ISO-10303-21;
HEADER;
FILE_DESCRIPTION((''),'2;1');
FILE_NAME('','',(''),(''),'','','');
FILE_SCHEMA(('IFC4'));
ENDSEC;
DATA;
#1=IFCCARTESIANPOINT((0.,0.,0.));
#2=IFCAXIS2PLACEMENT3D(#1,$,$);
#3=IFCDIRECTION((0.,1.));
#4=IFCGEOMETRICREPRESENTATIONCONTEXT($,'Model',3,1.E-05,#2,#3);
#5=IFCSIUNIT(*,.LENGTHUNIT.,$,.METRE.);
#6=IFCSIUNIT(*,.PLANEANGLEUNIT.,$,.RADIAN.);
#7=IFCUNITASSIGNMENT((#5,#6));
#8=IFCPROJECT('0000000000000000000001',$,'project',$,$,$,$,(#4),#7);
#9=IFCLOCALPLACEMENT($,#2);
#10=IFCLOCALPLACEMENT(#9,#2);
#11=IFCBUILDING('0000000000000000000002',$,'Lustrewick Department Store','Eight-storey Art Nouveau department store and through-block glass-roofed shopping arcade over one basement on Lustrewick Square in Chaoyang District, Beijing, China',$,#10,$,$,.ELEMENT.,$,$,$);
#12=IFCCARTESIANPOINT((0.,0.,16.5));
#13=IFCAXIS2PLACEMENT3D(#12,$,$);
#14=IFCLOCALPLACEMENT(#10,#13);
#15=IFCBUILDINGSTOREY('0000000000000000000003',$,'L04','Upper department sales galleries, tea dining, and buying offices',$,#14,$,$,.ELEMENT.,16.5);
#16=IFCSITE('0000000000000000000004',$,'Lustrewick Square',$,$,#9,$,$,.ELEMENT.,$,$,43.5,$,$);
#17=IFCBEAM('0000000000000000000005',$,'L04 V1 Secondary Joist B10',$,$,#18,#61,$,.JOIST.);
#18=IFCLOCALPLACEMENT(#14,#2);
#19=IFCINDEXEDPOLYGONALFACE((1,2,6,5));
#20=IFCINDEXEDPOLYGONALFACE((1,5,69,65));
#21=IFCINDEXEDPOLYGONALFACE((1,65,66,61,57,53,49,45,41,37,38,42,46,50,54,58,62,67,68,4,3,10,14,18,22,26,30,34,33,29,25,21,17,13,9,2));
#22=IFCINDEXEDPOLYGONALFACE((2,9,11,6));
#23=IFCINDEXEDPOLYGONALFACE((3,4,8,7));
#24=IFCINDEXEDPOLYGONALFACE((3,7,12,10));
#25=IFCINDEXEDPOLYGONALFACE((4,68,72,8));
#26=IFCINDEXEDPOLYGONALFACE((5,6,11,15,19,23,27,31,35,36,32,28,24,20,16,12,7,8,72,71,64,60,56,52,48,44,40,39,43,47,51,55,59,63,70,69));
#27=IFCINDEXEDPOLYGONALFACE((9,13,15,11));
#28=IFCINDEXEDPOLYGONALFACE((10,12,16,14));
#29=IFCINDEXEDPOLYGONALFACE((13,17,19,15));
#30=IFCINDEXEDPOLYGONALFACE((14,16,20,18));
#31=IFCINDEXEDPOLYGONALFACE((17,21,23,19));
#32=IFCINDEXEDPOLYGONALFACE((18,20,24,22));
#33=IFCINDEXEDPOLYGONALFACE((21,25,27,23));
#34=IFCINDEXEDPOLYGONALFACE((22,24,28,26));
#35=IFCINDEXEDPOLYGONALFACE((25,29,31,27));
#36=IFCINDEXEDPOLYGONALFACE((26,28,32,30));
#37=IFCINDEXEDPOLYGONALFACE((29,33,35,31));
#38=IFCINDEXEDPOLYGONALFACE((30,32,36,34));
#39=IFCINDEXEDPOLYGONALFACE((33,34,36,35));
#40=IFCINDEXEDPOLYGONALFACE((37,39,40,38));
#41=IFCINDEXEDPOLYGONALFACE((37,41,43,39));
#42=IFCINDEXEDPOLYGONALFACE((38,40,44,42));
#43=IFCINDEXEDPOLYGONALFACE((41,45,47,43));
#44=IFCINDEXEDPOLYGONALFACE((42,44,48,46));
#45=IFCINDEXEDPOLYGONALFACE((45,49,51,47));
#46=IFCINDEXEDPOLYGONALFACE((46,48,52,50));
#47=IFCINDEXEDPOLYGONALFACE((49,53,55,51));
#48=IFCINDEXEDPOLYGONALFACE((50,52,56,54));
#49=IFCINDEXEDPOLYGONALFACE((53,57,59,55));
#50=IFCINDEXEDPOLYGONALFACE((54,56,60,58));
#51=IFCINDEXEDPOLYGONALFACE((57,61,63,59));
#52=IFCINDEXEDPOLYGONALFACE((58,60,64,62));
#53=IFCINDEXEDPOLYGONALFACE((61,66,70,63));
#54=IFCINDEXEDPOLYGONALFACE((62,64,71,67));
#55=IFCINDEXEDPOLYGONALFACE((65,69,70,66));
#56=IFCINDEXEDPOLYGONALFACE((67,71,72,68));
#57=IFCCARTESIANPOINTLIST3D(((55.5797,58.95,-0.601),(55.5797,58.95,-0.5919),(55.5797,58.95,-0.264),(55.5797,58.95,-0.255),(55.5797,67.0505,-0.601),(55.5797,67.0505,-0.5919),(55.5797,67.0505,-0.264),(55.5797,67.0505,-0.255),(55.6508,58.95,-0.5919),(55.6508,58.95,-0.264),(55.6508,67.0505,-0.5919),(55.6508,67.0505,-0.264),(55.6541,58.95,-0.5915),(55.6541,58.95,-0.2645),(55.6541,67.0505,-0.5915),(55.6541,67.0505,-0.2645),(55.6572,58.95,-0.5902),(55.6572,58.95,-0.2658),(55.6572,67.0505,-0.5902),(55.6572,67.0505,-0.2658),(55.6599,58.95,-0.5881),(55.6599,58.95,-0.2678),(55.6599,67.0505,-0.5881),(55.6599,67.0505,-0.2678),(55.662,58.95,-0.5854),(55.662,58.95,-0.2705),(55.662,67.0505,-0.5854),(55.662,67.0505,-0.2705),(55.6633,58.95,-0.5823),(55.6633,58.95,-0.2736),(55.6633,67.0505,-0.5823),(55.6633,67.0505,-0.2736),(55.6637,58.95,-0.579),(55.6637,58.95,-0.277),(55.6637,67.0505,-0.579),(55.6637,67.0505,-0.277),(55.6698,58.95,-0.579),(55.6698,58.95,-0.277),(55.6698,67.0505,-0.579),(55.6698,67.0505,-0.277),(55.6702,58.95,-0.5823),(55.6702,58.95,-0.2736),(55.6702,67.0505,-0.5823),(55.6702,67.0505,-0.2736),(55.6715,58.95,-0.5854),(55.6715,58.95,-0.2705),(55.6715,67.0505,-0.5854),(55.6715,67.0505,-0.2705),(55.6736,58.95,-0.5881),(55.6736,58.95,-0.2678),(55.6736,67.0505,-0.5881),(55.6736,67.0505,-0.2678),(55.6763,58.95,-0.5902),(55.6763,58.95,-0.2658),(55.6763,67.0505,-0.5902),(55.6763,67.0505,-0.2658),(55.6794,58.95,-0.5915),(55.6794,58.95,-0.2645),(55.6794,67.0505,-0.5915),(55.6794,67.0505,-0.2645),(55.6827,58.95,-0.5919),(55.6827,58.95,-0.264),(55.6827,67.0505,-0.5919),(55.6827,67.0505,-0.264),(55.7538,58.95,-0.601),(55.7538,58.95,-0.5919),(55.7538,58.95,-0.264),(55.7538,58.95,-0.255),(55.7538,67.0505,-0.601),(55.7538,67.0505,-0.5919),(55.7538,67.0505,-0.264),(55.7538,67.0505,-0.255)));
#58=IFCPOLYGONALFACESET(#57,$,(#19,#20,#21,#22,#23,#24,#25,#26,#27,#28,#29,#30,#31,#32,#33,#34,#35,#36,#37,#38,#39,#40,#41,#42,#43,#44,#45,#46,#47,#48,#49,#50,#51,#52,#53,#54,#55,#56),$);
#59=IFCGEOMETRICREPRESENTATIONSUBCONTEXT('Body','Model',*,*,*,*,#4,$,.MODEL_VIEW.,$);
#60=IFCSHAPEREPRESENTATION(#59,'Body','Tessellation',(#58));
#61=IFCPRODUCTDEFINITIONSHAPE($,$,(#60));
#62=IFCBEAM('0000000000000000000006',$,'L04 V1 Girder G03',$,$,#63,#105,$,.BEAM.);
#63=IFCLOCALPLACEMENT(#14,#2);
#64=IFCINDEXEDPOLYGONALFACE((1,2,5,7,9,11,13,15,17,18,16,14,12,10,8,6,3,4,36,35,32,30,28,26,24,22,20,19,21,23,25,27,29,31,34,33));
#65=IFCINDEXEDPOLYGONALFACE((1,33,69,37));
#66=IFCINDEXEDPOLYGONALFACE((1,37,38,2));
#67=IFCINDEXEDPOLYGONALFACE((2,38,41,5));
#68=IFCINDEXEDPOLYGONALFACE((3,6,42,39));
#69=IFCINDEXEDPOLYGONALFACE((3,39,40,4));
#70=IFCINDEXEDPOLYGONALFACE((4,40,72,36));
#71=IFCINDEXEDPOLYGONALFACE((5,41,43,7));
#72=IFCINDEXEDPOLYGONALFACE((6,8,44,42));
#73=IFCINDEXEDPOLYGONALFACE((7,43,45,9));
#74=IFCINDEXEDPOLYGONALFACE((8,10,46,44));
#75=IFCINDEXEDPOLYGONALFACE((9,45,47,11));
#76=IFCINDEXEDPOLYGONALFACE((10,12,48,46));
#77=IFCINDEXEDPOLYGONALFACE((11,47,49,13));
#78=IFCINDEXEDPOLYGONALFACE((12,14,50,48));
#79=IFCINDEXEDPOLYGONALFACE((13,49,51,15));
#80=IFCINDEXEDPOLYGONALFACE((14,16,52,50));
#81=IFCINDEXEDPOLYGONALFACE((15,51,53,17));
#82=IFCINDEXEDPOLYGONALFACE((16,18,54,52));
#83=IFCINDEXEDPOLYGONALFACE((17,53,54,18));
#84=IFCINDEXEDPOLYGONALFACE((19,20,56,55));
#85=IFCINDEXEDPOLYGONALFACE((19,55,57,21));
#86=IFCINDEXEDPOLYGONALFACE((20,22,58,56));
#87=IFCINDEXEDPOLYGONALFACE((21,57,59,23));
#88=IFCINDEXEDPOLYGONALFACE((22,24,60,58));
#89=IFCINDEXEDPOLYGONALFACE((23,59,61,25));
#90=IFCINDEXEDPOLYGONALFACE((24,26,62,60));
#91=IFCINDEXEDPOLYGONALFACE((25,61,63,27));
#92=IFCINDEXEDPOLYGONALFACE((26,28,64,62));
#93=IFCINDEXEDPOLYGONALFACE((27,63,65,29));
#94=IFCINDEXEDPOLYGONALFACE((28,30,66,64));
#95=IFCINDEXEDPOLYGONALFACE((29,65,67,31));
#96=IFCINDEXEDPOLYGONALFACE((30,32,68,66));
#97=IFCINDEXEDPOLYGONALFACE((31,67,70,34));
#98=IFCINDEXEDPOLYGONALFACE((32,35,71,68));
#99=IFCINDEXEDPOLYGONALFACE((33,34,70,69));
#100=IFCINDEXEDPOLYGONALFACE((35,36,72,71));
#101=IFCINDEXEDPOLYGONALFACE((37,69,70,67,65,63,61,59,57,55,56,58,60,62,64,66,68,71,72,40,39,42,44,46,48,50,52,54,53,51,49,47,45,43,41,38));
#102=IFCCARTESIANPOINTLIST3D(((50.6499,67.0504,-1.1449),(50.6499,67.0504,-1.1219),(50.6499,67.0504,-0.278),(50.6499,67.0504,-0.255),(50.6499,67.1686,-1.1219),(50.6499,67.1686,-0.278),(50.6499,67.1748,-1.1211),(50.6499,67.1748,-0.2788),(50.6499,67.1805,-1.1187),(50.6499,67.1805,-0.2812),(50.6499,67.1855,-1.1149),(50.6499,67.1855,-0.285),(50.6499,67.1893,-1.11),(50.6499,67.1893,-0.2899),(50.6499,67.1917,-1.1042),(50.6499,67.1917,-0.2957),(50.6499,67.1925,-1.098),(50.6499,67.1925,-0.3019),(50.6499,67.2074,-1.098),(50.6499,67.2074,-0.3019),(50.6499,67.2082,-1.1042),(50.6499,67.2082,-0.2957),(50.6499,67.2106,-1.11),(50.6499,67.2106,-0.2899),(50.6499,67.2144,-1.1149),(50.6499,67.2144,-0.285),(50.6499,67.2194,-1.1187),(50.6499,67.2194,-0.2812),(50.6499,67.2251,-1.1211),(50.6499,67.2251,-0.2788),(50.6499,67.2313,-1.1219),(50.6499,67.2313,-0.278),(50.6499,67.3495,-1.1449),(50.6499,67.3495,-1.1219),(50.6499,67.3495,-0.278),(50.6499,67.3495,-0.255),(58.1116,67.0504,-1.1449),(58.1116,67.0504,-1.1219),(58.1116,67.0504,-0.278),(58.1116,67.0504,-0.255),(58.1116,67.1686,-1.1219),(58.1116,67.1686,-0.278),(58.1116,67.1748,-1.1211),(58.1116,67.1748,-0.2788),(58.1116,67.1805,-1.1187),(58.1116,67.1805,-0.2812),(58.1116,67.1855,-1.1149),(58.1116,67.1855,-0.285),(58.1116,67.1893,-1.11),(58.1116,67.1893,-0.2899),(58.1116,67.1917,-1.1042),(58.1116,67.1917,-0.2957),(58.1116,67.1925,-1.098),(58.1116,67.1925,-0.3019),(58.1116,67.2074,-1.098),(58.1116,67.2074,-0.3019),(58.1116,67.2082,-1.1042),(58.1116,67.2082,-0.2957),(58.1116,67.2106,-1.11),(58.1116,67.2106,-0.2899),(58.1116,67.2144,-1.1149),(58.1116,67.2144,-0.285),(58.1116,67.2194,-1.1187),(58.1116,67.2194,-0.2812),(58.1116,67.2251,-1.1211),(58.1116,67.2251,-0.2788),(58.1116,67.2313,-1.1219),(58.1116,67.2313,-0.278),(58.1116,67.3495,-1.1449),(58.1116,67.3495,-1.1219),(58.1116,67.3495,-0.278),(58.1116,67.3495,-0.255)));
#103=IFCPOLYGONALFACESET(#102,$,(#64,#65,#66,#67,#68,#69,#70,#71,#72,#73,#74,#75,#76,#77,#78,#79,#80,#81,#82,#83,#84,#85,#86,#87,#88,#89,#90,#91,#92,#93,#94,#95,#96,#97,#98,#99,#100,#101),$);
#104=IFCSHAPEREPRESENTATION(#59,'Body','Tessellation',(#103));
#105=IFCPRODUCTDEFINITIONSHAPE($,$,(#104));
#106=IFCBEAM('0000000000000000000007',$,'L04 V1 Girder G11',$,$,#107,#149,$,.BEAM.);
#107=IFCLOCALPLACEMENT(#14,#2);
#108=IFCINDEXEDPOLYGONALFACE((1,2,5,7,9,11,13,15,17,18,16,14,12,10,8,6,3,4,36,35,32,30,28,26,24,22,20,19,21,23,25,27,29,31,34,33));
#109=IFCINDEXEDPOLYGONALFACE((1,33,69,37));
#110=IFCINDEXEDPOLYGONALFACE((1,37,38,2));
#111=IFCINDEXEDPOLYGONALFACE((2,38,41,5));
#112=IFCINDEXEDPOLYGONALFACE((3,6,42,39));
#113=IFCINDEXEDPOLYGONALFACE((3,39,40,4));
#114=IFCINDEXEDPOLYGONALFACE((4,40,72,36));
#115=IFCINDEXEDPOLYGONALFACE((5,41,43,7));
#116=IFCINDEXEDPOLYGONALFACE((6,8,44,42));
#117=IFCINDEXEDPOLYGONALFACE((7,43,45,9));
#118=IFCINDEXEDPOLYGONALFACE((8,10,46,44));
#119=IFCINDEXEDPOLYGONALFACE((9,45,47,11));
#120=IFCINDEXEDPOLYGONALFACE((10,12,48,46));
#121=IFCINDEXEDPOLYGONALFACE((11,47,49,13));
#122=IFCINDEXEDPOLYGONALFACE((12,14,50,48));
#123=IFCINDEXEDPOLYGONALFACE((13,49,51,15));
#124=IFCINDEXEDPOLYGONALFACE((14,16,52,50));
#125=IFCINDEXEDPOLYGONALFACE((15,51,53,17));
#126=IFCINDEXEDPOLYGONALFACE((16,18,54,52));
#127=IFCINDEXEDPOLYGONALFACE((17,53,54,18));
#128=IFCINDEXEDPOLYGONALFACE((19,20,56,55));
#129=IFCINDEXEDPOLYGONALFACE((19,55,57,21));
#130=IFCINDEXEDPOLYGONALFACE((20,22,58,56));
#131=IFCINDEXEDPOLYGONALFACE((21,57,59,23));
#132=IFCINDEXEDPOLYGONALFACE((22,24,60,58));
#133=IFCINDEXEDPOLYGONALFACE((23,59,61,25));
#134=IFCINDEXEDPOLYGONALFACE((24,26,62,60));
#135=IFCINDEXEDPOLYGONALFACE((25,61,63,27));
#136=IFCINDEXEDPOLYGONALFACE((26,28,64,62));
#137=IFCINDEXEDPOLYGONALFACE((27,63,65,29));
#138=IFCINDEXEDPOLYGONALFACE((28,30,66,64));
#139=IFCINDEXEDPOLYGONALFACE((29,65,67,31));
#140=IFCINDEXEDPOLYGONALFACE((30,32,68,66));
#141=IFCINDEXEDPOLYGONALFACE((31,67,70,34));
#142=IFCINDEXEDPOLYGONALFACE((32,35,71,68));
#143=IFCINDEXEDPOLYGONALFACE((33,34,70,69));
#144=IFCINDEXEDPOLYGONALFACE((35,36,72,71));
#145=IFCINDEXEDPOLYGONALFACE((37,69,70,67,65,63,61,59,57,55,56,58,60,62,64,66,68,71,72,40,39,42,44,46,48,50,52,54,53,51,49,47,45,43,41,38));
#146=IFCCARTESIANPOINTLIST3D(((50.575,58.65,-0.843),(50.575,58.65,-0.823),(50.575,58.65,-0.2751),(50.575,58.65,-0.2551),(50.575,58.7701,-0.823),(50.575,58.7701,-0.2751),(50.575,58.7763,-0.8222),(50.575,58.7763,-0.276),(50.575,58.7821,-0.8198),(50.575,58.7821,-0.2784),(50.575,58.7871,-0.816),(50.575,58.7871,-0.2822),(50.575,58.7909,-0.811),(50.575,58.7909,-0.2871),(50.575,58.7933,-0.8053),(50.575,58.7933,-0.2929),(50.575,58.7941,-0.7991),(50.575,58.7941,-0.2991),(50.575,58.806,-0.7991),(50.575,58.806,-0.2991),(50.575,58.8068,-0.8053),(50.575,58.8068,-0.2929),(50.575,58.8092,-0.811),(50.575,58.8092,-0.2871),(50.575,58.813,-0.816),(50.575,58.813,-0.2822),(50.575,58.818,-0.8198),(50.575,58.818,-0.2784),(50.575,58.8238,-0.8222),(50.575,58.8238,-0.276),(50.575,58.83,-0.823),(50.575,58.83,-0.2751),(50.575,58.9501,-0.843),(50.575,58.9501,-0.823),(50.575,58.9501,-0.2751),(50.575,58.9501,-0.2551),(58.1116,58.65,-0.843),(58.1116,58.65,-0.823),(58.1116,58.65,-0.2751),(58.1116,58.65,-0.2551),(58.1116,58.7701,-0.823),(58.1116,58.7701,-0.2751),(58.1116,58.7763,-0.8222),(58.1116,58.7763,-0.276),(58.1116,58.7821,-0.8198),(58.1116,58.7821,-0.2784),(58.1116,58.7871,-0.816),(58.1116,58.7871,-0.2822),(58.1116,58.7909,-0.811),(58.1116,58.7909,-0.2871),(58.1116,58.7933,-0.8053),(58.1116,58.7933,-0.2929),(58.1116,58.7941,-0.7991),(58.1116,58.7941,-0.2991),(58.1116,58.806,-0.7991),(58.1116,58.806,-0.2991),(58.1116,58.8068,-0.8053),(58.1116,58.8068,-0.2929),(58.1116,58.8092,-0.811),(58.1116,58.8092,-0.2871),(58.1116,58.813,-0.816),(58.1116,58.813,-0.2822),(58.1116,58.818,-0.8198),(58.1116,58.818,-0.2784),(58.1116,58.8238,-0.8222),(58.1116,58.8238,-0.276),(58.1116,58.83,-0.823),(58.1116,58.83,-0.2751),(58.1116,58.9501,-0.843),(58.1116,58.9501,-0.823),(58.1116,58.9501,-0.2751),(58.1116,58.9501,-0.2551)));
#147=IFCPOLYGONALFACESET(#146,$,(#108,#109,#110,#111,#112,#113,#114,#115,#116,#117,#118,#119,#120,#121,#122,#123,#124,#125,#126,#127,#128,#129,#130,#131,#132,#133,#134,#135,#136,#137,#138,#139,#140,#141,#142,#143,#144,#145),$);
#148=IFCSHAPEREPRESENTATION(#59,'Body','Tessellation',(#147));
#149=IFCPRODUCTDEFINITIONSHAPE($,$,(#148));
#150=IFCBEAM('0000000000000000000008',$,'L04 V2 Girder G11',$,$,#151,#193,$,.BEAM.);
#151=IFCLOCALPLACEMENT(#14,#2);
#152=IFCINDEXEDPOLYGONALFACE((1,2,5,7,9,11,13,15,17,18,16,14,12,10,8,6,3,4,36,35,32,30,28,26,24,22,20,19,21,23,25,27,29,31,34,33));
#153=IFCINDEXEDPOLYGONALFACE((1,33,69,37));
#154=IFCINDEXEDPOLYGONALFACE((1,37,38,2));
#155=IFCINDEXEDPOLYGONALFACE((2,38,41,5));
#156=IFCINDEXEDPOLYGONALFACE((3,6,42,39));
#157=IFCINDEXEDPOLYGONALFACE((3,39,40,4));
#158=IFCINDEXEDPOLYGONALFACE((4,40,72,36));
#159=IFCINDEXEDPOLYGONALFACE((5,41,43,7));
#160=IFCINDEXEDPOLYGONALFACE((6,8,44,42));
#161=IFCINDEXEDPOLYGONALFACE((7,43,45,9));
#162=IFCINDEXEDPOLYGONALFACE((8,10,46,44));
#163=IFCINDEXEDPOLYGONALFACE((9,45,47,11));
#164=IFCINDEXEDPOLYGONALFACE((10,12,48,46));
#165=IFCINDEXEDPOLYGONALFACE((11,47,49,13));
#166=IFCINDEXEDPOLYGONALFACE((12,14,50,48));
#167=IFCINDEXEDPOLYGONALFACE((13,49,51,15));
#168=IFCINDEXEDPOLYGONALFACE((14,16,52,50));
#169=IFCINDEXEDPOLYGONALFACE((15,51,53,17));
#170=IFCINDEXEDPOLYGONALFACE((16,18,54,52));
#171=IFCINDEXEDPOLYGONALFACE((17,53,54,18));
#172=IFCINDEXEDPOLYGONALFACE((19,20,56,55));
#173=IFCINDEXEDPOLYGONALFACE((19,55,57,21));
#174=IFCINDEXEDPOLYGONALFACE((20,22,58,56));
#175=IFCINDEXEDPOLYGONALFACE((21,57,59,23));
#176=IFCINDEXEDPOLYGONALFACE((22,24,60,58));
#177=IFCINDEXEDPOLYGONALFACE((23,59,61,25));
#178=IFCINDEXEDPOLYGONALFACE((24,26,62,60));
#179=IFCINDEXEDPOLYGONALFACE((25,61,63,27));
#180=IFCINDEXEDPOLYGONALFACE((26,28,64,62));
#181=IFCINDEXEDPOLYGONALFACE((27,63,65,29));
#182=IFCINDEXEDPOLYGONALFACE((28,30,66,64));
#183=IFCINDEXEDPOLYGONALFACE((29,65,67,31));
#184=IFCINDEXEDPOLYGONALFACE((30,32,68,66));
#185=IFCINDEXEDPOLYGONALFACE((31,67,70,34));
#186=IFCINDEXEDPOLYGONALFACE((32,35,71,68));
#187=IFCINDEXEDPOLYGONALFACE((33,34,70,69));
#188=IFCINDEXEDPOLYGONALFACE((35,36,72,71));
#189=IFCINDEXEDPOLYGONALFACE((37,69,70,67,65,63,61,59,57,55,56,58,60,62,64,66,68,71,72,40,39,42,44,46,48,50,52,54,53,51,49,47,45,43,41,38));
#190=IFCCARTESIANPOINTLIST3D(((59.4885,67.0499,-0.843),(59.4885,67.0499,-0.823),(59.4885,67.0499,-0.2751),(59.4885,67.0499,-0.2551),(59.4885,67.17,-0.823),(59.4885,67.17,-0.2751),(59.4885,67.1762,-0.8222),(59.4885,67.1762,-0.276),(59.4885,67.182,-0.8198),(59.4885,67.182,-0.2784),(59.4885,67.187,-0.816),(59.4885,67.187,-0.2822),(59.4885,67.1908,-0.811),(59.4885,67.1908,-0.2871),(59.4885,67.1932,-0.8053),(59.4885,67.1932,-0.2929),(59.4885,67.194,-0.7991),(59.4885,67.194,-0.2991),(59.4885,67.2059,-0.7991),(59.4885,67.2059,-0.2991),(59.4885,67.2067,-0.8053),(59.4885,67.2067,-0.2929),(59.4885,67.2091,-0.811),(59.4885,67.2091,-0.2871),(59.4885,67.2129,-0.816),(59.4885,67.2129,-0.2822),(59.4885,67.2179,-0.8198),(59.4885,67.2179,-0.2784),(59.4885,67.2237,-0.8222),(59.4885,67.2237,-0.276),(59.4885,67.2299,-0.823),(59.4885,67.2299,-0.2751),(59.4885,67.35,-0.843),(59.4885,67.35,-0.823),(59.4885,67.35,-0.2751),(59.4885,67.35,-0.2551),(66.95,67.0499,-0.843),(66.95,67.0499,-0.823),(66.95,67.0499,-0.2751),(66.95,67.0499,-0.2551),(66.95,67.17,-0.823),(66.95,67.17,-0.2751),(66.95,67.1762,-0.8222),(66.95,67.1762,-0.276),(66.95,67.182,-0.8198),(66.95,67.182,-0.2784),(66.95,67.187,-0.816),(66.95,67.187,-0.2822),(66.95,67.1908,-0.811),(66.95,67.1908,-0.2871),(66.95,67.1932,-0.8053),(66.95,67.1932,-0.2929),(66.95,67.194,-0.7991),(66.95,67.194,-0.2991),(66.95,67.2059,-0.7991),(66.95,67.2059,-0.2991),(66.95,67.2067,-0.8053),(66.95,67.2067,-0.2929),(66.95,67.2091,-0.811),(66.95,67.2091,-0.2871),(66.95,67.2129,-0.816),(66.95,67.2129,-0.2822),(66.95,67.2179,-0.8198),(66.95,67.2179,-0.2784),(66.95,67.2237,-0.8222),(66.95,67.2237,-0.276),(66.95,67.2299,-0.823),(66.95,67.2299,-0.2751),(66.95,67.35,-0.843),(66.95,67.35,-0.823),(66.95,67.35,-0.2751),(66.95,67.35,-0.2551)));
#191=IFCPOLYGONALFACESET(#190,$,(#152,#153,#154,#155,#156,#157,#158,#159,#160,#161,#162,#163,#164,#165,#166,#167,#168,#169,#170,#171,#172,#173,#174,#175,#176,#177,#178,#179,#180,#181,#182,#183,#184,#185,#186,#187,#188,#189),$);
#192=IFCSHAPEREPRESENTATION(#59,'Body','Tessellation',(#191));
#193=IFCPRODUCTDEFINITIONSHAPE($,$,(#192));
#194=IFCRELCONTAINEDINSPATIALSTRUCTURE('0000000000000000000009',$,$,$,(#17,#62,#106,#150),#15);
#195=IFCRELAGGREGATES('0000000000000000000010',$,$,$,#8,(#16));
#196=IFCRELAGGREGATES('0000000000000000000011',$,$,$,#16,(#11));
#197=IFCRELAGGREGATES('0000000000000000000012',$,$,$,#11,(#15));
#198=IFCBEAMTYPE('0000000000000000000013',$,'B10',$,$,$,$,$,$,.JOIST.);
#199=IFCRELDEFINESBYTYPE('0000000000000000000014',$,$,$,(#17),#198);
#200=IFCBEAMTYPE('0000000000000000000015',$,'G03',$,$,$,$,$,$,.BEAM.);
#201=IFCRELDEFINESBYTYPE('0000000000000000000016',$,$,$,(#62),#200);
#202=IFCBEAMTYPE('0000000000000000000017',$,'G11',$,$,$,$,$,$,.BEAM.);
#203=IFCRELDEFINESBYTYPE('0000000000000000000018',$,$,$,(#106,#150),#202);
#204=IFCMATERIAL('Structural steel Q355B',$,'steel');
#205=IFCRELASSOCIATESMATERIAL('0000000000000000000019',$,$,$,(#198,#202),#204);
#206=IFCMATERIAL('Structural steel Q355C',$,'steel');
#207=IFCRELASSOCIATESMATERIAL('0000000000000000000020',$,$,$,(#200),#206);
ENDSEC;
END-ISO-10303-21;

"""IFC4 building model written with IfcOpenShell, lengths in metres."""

from ifc_helpers import new_model, si_unit, direction, frame, origin, origin_2d, place, context, subcontext, project, spatial, i_section, extrude, material, material_profile, profile_set, type_object, element, save


model = new_model("IFC4")

# Units and contexts
model_context = context("Model", 3, precision=1e-05, world=origin(), true_north=direction((0.0, 1.0)))
body_context = subcontext(model_context, "Body", "Model", "MODEL_VIEW")
ifc_project = project(units=[si_unit("LENGTHUNIT", "METRE"), si_unit("PLANEANGLEUNIT", "RADIAN")], contexts=[model_context])

# Site, building, storey
site_placement = place(None, origin())
site = spatial("IfcSite", under=ifc_project, at=site_placement, Name="Lustrewick Square", CompositionType="ELEMENT", RefElevation=43.5)
building_placement = place(site_placement, origin())
building = spatial("IfcBuilding", under=site, at=building_placement, Name="Lustrewick Department Store", Description="Eight-storey Art Nouveau department store and through-block glass-roofed shopping arcade over one basement on Lustrewick Square in Chaoyang District, Beijing, China", CompositionType="ELEMENT")
storey_placement = place(building_placement, frame((0.0, 0.0, 16.5)))
storey = spatial("IfcBuildingStorey", under=building, at=storey_placement, Name="L04", Description="Upper department sales galleries, tea dining, and buying offices", CompositionType="ELEMENT", Elevation=16.5)

# Shared definitions
ifc_material_1 = material(Name="Structural steel Q355B", Category="steel")

# Beams
ifc_material_profile_1 = material_profile(ifc_material_1, i_section(OverallWidth=0.1741, OverallDepth=0.3459, WebThickness=0.0061, FlangeThickness=0.009, FilletRadius=0.0129, at=origin_2d()), Name="HN 346x174x6x9")
ifc_profile_set_1 = profile_set([ifc_material_profile_1], Name="Structural steel Q355B")
beam_type_1 = type_object("IfcBeamType", Name="B10", PredefinedType="JOIST", material=ifc_profile_set_1)
beam_1_placement = place(storey_placement, frame((55.6667, 58.95, -0.428), z_axis=(0.0, 1.0, 0.0), x_axis=(-1.0, 0.0, 0.0)))
element("IfcBeam", 1, at=beam_1_placement, inside=storey, type_object=beam_type_1, Name="L04 V1 Secondary Joist B10", PredefinedType="JOIST", context=body_context, shape_type="SweptSolid", body=[
    extrude(i_section(OverallWidth=0.1741, OverallDepth=0.3459, WebThickness=0.0061, FlangeThickness=0.009, FilletRadius=0.0129, at=origin_2d()), origin(), (0.0, 0.0, 1.0), 8.1006),
])
ifc_material_2 = material(Name="Structural steel Q355C", Category="steel")
ifc_material_profile_2 = material_profile(ifc_material_2, i_section(OverallWidth=0.2991, OverallDepth=0.8899, WebThickness=0.0149, FlangeThickness=0.0229, FilletRadius=0.0239, at=origin_2d()), Name="HN 890x299x15x23")
ifc_profile_set_2 = profile_set([ifc_material_profile_2], Name="Structural steel Q355C")
beam_type_2 = type_object("IfcBeamType", Name="G03", PredefinedType="BEAM", material=ifc_profile_set_2)
beam_2_placement = place(storey_placement, frame((50.6499, 67.2, -0.7), z_axis=(1.0, 0.0, 0.0), x_axis=(0.0, 1.0, 0.0)))
element("IfcBeam", 2, at=beam_2_placement, inside=storey, type_object=beam_type_2, Name="L04 V1 Girder G03", PredefinedType="BEAM", context=body_context, shape_type="SweptSolid", body=[
    extrude(i_section(OverallWidth=0.2991, OverallDepth=0.8899, WebThickness=0.0149, FlangeThickness=0.0229, FilletRadius=0.0239, at=origin_2d()), origin(), (0.0, 0.0, 1.0), 7.4617),
])
ifc_material_profile_3 = material_profile(ifc_material_1, i_section(OverallWidth=0.3, OverallDepth=0.5879, WebThickness=0.012, FlangeThickness=0.02, FilletRadius=0.0239, at=origin_2d()), Name="HM 588x300x12x20")
ifc_profile_set_3 = profile_set([ifc_material_profile_3], Name="Structural steel Q355B")
beam_type_3 = type_object("IfcBeamType", Name="G11", PredefinedType="BEAM", material=ifc_profile_set_3)
beam_3_placement = place(storey_placement, frame((50.575, 58.8, -0.5491), z_axis=(1.0, 0.0, 0.0), x_axis=(0.0, 1.0, 0.0)))
element("IfcBeam", 3, at=beam_3_placement, inside=storey, type_object=beam_type_3, Name="L04 V1 Girder G11", PredefinedType="BEAM", context=body_context, shape_type="SweptSolid", body=[
    extrude(i_section(OverallWidth=0.3, OverallDepth=0.5879, WebThickness=0.012, FlangeThickness=0.02, FilletRadius=0.0239, at=origin_2d()), origin(), (0.0, 0.0, 1.0), 7.5366),
])
beam_4_placement = place(storey_placement, frame((59.4885, 67.2, -0.5491), z_axis=(1.0, 0.0, 0.0), x_axis=(0.0, 1.0, 0.0)))
element("IfcBeam", 4, at=beam_4_placement, inside=storey, type_object=beam_type_3, Name="L04 V2 Girder G11", PredefinedType="BEAM", context=body_context, shape_type="SweptSolid", body=[
    extrude(i_section(OverallWidth=0.3, OverallDepth=0.5879, WebThickness=0.012, FlangeThickness=0.02, FilletRadius=0.0239, at=origin_2d()), origin(), (0.0, 0.0, 1.0), 7.4614),
])

save(model, "model.ifc")
